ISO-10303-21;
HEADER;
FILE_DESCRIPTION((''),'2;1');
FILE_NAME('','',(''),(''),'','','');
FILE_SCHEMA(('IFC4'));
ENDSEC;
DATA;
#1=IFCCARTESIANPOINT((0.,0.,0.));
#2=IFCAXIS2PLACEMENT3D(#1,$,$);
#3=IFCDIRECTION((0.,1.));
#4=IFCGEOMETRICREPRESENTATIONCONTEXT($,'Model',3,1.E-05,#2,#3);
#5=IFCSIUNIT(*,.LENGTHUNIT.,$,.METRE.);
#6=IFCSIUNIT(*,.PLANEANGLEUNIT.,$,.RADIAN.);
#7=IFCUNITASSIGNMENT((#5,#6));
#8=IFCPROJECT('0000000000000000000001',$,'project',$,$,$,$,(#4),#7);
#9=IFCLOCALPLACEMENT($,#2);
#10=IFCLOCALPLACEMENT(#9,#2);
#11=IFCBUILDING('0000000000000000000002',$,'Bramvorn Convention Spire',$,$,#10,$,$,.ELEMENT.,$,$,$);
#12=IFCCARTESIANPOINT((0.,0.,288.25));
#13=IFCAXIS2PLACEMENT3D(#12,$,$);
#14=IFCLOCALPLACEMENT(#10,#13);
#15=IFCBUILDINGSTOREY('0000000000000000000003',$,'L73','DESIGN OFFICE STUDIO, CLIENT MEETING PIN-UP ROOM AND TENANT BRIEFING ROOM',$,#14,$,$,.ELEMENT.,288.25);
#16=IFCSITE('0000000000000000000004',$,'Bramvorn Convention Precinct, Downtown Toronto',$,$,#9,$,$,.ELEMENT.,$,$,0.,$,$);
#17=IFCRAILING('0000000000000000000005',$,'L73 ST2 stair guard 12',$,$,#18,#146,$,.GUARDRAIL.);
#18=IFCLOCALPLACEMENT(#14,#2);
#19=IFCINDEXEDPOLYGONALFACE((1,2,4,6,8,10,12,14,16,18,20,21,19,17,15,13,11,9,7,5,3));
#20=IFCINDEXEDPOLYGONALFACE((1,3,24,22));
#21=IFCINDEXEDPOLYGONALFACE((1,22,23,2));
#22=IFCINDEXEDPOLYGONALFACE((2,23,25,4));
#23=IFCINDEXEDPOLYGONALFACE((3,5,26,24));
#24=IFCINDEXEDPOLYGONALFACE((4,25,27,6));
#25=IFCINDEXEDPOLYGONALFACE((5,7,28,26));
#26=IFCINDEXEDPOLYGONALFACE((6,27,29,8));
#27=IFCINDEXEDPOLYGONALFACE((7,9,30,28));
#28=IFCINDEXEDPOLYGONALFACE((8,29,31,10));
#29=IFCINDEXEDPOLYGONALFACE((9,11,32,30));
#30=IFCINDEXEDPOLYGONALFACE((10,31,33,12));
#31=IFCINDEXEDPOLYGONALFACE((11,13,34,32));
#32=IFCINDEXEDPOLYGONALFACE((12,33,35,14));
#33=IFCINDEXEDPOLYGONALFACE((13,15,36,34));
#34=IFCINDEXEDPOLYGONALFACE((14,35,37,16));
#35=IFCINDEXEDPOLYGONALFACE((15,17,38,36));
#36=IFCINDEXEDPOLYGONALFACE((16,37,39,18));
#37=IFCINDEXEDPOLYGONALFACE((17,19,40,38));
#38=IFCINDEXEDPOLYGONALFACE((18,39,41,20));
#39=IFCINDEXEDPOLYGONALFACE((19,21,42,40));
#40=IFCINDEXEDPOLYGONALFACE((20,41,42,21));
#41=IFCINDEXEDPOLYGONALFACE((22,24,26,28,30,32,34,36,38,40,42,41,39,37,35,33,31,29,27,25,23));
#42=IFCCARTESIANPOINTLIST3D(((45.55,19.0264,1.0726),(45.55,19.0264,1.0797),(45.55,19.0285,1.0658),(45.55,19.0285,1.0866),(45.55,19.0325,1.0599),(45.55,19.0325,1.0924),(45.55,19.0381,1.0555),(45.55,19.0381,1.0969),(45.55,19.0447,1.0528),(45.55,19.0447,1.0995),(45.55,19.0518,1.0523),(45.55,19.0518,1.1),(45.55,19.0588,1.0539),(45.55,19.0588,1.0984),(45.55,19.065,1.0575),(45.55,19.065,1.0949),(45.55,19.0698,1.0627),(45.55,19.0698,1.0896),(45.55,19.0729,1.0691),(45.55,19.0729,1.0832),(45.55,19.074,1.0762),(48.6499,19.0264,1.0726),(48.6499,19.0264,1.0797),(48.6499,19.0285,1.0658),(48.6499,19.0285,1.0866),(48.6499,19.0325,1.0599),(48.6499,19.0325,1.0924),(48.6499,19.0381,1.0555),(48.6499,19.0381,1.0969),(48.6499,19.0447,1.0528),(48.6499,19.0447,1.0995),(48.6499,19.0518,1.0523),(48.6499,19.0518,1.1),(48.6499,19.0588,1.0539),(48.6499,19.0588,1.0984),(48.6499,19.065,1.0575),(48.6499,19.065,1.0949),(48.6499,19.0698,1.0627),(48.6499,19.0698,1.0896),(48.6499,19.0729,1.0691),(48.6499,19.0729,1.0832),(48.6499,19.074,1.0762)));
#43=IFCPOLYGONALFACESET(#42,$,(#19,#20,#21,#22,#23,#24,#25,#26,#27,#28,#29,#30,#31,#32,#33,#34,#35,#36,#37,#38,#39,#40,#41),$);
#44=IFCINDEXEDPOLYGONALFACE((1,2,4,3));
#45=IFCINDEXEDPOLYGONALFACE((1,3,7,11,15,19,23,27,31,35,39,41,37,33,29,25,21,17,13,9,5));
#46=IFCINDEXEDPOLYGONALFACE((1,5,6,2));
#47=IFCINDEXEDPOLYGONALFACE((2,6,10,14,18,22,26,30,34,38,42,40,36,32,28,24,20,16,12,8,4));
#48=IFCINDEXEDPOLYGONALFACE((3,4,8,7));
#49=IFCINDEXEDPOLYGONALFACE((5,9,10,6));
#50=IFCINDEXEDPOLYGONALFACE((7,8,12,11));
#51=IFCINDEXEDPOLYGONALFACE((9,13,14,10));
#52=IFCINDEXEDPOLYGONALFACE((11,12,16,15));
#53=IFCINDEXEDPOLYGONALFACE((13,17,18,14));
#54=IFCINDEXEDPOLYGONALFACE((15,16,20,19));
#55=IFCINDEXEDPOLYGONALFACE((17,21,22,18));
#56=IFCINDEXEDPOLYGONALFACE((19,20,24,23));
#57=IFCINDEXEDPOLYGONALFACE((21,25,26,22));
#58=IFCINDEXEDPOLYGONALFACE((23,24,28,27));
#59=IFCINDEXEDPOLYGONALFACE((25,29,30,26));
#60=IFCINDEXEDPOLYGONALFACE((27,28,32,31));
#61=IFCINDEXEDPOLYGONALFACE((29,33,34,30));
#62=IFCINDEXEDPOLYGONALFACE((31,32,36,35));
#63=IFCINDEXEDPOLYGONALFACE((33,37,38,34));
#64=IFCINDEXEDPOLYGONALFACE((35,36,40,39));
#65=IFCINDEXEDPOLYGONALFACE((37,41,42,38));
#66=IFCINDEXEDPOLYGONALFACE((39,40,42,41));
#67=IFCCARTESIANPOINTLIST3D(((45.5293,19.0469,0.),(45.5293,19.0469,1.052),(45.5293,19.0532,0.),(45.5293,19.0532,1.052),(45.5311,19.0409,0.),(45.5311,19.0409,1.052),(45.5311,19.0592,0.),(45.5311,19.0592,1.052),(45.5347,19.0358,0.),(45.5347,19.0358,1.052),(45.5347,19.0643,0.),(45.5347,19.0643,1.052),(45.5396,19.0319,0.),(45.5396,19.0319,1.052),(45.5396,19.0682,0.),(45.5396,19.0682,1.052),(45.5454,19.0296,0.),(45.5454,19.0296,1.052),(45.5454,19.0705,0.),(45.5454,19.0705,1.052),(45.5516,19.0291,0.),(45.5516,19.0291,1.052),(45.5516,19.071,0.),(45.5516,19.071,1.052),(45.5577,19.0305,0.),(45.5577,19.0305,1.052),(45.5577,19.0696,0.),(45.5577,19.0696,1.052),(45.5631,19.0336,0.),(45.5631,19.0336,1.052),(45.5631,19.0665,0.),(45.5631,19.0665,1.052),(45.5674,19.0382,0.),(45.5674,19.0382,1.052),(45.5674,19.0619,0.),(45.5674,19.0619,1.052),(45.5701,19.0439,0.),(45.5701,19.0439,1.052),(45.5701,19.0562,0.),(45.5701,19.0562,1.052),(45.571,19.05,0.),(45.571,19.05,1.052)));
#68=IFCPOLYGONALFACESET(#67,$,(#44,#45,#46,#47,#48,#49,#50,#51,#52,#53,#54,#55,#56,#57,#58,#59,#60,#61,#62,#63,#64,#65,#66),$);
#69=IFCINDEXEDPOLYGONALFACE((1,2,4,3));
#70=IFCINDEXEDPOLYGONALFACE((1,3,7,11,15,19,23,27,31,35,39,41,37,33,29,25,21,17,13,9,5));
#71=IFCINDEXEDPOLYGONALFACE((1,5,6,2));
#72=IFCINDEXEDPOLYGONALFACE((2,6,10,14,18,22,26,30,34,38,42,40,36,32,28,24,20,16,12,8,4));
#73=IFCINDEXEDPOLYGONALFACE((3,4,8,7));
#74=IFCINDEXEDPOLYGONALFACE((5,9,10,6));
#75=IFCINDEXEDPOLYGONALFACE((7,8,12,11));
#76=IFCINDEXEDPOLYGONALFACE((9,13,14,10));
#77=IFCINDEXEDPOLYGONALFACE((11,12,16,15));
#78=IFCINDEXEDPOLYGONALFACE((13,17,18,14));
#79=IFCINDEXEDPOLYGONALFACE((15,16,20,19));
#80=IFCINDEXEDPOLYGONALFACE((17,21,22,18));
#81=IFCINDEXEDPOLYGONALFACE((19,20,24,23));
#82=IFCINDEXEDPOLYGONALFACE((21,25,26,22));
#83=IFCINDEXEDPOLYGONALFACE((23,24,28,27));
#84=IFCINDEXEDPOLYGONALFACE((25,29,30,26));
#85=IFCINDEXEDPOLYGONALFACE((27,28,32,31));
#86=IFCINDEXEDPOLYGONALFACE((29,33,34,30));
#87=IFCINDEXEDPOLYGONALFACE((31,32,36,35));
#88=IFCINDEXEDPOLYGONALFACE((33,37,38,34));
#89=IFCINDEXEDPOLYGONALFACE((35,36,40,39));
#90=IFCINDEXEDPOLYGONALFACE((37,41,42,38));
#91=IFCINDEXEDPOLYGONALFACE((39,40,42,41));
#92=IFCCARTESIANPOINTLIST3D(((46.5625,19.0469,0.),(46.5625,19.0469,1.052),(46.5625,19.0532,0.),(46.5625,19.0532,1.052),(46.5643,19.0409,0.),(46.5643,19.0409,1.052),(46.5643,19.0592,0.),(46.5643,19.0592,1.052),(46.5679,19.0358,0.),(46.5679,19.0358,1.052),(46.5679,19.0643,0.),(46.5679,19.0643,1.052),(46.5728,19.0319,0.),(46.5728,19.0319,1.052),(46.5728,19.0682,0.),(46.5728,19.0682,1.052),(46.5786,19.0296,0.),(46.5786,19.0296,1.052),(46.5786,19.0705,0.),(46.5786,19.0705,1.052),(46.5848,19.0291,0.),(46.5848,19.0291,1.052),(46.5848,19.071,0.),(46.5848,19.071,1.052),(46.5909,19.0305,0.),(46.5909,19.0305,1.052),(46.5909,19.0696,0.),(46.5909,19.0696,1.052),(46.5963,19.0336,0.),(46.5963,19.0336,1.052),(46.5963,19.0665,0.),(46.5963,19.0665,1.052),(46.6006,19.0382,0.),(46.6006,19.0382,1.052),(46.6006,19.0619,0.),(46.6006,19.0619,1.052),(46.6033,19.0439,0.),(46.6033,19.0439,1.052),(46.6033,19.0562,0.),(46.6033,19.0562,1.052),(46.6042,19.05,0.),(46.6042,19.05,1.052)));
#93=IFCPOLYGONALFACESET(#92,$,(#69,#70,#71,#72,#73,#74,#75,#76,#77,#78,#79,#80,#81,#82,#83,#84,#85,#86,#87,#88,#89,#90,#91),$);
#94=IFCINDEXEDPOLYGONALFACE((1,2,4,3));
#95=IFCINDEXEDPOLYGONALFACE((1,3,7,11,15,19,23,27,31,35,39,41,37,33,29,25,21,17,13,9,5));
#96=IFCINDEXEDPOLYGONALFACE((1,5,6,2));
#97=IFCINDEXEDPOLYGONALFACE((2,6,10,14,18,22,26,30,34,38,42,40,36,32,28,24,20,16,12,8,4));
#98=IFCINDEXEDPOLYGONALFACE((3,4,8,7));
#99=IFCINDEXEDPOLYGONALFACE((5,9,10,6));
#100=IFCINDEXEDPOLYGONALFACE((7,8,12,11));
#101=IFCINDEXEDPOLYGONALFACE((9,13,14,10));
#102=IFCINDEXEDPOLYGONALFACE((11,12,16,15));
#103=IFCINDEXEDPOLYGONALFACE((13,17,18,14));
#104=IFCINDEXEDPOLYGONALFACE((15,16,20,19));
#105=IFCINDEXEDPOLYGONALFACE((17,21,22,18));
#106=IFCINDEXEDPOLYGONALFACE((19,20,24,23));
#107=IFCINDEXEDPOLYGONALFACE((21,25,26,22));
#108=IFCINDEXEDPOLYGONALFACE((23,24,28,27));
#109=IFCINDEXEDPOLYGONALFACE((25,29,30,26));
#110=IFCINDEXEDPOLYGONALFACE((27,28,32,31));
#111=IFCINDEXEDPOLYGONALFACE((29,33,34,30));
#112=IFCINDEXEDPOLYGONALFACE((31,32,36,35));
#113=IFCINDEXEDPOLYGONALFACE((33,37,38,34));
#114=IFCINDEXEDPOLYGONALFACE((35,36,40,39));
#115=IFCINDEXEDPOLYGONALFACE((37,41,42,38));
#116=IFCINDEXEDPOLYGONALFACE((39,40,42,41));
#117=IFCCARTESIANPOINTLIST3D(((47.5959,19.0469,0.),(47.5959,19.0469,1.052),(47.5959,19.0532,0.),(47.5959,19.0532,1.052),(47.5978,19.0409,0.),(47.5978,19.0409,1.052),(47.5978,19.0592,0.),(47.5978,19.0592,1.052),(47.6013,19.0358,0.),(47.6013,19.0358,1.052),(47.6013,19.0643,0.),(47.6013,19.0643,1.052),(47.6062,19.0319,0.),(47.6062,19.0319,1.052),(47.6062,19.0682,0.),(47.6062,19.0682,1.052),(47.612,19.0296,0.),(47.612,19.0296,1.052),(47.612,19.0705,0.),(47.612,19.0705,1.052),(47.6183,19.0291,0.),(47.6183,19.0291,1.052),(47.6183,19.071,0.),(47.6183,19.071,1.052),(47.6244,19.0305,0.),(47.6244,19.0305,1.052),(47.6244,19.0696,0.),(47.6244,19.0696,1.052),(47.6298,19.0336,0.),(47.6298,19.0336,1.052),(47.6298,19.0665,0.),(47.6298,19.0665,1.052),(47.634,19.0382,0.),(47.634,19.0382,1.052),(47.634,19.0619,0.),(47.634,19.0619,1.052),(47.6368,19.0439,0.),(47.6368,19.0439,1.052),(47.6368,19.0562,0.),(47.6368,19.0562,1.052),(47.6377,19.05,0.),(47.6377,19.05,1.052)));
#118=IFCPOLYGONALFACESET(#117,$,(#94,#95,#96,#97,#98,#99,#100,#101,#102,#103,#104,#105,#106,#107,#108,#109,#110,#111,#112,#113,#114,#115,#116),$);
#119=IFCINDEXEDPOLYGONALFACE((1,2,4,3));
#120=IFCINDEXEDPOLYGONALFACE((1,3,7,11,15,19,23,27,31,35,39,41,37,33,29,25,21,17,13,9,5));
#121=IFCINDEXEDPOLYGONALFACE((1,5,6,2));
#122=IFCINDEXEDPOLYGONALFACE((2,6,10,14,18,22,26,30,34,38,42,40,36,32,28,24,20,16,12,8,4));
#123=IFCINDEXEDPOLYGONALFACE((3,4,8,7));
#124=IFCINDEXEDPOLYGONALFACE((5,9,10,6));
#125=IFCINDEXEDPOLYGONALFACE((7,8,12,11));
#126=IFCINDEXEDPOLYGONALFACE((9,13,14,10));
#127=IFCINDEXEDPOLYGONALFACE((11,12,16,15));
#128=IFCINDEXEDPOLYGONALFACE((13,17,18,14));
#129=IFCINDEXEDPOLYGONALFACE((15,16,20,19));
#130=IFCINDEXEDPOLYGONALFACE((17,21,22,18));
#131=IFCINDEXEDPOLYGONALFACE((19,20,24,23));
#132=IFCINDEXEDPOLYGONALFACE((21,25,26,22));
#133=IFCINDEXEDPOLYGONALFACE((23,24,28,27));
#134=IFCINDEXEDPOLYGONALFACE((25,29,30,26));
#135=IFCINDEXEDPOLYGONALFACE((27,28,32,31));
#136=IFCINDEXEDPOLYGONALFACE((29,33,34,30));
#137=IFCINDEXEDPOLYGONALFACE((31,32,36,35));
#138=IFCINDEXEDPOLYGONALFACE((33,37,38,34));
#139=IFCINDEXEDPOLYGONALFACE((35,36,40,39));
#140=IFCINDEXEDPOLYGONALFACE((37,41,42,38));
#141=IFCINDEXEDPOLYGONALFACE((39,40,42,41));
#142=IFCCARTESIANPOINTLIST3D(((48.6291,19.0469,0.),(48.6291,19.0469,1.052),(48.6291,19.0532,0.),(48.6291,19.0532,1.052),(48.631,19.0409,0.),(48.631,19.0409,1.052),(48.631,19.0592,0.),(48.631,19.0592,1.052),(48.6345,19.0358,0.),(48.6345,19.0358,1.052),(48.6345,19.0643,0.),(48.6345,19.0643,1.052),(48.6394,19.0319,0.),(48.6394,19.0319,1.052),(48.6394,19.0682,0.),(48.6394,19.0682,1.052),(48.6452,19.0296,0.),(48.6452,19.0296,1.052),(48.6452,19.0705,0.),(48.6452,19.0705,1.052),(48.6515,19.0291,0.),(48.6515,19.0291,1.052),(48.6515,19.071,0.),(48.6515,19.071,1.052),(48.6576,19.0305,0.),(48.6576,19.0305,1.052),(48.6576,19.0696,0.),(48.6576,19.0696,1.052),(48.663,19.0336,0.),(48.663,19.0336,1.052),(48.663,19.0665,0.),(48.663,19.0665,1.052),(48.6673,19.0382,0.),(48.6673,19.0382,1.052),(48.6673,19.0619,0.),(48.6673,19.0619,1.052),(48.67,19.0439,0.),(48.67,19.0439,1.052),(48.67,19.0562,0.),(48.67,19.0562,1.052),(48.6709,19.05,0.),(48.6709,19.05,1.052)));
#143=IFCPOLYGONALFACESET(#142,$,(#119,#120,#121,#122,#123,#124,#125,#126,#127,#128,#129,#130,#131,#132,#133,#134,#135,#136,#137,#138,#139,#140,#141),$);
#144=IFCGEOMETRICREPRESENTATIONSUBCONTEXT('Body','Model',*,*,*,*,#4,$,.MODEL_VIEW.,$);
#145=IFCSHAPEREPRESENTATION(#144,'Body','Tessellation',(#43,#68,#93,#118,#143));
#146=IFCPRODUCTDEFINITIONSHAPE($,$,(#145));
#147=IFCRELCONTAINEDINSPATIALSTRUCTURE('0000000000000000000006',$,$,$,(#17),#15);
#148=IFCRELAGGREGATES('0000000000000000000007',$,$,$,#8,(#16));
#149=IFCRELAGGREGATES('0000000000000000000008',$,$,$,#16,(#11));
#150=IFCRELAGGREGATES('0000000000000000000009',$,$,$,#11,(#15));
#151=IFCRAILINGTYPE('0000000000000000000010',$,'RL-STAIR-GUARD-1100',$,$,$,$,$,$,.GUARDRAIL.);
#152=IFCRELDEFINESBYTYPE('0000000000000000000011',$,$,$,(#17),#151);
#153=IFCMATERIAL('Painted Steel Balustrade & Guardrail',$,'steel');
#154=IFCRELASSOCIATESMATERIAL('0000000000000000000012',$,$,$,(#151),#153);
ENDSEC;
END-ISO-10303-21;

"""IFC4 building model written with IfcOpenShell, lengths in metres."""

from ifc_helpers import new_model, si_unit, direction, frame, origin, origin_2d, place, context, subcontext, project, spatial, circle, extrude, material, type_object, element, save


model = new_model("IFC4")

# Units and contexts
model_context = context("Model", 3, precision=1e-05, world=origin(), true_north=direction((0.0, 1.0)))
body_context = subcontext(model_context, "Body", "Model", "MODEL_VIEW")
ifc_project = project(units=[si_unit("LENGTHUNIT", "METRE"), si_unit("PLANEANGLEUNIT", "RADIAN")], contexts=[model_context])

# Site, building, storey
site_placement = place(None, origin())
site = spatial("IfcSite", under=ifc_project, at=site_placement, Name="Bramvorn Convention Precinct, Downtown Toronto", CompositionType="ELEMENT", RefElevation=0.0)
building_placement = place(site_placement, origin())
building = spatial("IfcBuilding", under=site, at=building_placement, Name="Bramvorn Convention Spire", CompositionType="ELEMENT")
storey_placement = place(building_placement, frame((0.0, 0.0, 288.25)))
storey = spatial("IfcBuildingStorey", under=building, at=storey_placement, Name="L73", Description="DESIGN OFFICE STUDIO, CLIENT MEETING PIN-UP ROOM AND TENANT BRIEFING ROOM", CompositionType="ELEMENT", Elevation=288.25)

# Railing
ifc_material_1 = material(Name="Painted Steel Balustrade & Guardrail", Category="steel")
railing_type = type_object("IfcRailingType", Name="RL-STAIR-GUARD-1100", PredefinedType="GUARDRAIL", material=ifc_material_1)
railing_1_placement = place(storey_placement, frame((45.55, 19.05, 0.0)))
element("IfcRailing", 1, at=railing_1_placement, inside=storey, type_object=railing_type, Name="L73 ST2 stair guard 12", PredefinedType="GUARDRAIL", context=body_context, shape_type="SweptSolid", body=[
    extrude(circle(Radius=0.0239, at=origin_2d()), frame((0.0, 0.0, 1.0762), z_axis=(1.0, 0.0, 0.0), x_axis=(0.0, 1.0, 0.0)), (0.0, 0.0, 1.0), 3.0999),
    extrude(circle(Radius=0.021, at=origin_2d()), origin(), (0.0, 0.0, 1.0), 1.052),
    extrude(circle(Radius=0.021, at=origin_2d()), frame((1.0332, 0.0, 0.0)), (0.0, 0.0, 1.0), 1.052),
    extrude(circle(Radius=0.021, at=origin_2d()), frame((2.0667, 0.0, 0.0)), (0.0, 0.0, 1.0), 1.052),
    extrude(circle(Radius=0.021, at=origin_2d()), frame((3.0999, 0.0, 0.0)), (0.0, 0.0, 1.0), 1.052),
])

save(model, "model.ifc")
